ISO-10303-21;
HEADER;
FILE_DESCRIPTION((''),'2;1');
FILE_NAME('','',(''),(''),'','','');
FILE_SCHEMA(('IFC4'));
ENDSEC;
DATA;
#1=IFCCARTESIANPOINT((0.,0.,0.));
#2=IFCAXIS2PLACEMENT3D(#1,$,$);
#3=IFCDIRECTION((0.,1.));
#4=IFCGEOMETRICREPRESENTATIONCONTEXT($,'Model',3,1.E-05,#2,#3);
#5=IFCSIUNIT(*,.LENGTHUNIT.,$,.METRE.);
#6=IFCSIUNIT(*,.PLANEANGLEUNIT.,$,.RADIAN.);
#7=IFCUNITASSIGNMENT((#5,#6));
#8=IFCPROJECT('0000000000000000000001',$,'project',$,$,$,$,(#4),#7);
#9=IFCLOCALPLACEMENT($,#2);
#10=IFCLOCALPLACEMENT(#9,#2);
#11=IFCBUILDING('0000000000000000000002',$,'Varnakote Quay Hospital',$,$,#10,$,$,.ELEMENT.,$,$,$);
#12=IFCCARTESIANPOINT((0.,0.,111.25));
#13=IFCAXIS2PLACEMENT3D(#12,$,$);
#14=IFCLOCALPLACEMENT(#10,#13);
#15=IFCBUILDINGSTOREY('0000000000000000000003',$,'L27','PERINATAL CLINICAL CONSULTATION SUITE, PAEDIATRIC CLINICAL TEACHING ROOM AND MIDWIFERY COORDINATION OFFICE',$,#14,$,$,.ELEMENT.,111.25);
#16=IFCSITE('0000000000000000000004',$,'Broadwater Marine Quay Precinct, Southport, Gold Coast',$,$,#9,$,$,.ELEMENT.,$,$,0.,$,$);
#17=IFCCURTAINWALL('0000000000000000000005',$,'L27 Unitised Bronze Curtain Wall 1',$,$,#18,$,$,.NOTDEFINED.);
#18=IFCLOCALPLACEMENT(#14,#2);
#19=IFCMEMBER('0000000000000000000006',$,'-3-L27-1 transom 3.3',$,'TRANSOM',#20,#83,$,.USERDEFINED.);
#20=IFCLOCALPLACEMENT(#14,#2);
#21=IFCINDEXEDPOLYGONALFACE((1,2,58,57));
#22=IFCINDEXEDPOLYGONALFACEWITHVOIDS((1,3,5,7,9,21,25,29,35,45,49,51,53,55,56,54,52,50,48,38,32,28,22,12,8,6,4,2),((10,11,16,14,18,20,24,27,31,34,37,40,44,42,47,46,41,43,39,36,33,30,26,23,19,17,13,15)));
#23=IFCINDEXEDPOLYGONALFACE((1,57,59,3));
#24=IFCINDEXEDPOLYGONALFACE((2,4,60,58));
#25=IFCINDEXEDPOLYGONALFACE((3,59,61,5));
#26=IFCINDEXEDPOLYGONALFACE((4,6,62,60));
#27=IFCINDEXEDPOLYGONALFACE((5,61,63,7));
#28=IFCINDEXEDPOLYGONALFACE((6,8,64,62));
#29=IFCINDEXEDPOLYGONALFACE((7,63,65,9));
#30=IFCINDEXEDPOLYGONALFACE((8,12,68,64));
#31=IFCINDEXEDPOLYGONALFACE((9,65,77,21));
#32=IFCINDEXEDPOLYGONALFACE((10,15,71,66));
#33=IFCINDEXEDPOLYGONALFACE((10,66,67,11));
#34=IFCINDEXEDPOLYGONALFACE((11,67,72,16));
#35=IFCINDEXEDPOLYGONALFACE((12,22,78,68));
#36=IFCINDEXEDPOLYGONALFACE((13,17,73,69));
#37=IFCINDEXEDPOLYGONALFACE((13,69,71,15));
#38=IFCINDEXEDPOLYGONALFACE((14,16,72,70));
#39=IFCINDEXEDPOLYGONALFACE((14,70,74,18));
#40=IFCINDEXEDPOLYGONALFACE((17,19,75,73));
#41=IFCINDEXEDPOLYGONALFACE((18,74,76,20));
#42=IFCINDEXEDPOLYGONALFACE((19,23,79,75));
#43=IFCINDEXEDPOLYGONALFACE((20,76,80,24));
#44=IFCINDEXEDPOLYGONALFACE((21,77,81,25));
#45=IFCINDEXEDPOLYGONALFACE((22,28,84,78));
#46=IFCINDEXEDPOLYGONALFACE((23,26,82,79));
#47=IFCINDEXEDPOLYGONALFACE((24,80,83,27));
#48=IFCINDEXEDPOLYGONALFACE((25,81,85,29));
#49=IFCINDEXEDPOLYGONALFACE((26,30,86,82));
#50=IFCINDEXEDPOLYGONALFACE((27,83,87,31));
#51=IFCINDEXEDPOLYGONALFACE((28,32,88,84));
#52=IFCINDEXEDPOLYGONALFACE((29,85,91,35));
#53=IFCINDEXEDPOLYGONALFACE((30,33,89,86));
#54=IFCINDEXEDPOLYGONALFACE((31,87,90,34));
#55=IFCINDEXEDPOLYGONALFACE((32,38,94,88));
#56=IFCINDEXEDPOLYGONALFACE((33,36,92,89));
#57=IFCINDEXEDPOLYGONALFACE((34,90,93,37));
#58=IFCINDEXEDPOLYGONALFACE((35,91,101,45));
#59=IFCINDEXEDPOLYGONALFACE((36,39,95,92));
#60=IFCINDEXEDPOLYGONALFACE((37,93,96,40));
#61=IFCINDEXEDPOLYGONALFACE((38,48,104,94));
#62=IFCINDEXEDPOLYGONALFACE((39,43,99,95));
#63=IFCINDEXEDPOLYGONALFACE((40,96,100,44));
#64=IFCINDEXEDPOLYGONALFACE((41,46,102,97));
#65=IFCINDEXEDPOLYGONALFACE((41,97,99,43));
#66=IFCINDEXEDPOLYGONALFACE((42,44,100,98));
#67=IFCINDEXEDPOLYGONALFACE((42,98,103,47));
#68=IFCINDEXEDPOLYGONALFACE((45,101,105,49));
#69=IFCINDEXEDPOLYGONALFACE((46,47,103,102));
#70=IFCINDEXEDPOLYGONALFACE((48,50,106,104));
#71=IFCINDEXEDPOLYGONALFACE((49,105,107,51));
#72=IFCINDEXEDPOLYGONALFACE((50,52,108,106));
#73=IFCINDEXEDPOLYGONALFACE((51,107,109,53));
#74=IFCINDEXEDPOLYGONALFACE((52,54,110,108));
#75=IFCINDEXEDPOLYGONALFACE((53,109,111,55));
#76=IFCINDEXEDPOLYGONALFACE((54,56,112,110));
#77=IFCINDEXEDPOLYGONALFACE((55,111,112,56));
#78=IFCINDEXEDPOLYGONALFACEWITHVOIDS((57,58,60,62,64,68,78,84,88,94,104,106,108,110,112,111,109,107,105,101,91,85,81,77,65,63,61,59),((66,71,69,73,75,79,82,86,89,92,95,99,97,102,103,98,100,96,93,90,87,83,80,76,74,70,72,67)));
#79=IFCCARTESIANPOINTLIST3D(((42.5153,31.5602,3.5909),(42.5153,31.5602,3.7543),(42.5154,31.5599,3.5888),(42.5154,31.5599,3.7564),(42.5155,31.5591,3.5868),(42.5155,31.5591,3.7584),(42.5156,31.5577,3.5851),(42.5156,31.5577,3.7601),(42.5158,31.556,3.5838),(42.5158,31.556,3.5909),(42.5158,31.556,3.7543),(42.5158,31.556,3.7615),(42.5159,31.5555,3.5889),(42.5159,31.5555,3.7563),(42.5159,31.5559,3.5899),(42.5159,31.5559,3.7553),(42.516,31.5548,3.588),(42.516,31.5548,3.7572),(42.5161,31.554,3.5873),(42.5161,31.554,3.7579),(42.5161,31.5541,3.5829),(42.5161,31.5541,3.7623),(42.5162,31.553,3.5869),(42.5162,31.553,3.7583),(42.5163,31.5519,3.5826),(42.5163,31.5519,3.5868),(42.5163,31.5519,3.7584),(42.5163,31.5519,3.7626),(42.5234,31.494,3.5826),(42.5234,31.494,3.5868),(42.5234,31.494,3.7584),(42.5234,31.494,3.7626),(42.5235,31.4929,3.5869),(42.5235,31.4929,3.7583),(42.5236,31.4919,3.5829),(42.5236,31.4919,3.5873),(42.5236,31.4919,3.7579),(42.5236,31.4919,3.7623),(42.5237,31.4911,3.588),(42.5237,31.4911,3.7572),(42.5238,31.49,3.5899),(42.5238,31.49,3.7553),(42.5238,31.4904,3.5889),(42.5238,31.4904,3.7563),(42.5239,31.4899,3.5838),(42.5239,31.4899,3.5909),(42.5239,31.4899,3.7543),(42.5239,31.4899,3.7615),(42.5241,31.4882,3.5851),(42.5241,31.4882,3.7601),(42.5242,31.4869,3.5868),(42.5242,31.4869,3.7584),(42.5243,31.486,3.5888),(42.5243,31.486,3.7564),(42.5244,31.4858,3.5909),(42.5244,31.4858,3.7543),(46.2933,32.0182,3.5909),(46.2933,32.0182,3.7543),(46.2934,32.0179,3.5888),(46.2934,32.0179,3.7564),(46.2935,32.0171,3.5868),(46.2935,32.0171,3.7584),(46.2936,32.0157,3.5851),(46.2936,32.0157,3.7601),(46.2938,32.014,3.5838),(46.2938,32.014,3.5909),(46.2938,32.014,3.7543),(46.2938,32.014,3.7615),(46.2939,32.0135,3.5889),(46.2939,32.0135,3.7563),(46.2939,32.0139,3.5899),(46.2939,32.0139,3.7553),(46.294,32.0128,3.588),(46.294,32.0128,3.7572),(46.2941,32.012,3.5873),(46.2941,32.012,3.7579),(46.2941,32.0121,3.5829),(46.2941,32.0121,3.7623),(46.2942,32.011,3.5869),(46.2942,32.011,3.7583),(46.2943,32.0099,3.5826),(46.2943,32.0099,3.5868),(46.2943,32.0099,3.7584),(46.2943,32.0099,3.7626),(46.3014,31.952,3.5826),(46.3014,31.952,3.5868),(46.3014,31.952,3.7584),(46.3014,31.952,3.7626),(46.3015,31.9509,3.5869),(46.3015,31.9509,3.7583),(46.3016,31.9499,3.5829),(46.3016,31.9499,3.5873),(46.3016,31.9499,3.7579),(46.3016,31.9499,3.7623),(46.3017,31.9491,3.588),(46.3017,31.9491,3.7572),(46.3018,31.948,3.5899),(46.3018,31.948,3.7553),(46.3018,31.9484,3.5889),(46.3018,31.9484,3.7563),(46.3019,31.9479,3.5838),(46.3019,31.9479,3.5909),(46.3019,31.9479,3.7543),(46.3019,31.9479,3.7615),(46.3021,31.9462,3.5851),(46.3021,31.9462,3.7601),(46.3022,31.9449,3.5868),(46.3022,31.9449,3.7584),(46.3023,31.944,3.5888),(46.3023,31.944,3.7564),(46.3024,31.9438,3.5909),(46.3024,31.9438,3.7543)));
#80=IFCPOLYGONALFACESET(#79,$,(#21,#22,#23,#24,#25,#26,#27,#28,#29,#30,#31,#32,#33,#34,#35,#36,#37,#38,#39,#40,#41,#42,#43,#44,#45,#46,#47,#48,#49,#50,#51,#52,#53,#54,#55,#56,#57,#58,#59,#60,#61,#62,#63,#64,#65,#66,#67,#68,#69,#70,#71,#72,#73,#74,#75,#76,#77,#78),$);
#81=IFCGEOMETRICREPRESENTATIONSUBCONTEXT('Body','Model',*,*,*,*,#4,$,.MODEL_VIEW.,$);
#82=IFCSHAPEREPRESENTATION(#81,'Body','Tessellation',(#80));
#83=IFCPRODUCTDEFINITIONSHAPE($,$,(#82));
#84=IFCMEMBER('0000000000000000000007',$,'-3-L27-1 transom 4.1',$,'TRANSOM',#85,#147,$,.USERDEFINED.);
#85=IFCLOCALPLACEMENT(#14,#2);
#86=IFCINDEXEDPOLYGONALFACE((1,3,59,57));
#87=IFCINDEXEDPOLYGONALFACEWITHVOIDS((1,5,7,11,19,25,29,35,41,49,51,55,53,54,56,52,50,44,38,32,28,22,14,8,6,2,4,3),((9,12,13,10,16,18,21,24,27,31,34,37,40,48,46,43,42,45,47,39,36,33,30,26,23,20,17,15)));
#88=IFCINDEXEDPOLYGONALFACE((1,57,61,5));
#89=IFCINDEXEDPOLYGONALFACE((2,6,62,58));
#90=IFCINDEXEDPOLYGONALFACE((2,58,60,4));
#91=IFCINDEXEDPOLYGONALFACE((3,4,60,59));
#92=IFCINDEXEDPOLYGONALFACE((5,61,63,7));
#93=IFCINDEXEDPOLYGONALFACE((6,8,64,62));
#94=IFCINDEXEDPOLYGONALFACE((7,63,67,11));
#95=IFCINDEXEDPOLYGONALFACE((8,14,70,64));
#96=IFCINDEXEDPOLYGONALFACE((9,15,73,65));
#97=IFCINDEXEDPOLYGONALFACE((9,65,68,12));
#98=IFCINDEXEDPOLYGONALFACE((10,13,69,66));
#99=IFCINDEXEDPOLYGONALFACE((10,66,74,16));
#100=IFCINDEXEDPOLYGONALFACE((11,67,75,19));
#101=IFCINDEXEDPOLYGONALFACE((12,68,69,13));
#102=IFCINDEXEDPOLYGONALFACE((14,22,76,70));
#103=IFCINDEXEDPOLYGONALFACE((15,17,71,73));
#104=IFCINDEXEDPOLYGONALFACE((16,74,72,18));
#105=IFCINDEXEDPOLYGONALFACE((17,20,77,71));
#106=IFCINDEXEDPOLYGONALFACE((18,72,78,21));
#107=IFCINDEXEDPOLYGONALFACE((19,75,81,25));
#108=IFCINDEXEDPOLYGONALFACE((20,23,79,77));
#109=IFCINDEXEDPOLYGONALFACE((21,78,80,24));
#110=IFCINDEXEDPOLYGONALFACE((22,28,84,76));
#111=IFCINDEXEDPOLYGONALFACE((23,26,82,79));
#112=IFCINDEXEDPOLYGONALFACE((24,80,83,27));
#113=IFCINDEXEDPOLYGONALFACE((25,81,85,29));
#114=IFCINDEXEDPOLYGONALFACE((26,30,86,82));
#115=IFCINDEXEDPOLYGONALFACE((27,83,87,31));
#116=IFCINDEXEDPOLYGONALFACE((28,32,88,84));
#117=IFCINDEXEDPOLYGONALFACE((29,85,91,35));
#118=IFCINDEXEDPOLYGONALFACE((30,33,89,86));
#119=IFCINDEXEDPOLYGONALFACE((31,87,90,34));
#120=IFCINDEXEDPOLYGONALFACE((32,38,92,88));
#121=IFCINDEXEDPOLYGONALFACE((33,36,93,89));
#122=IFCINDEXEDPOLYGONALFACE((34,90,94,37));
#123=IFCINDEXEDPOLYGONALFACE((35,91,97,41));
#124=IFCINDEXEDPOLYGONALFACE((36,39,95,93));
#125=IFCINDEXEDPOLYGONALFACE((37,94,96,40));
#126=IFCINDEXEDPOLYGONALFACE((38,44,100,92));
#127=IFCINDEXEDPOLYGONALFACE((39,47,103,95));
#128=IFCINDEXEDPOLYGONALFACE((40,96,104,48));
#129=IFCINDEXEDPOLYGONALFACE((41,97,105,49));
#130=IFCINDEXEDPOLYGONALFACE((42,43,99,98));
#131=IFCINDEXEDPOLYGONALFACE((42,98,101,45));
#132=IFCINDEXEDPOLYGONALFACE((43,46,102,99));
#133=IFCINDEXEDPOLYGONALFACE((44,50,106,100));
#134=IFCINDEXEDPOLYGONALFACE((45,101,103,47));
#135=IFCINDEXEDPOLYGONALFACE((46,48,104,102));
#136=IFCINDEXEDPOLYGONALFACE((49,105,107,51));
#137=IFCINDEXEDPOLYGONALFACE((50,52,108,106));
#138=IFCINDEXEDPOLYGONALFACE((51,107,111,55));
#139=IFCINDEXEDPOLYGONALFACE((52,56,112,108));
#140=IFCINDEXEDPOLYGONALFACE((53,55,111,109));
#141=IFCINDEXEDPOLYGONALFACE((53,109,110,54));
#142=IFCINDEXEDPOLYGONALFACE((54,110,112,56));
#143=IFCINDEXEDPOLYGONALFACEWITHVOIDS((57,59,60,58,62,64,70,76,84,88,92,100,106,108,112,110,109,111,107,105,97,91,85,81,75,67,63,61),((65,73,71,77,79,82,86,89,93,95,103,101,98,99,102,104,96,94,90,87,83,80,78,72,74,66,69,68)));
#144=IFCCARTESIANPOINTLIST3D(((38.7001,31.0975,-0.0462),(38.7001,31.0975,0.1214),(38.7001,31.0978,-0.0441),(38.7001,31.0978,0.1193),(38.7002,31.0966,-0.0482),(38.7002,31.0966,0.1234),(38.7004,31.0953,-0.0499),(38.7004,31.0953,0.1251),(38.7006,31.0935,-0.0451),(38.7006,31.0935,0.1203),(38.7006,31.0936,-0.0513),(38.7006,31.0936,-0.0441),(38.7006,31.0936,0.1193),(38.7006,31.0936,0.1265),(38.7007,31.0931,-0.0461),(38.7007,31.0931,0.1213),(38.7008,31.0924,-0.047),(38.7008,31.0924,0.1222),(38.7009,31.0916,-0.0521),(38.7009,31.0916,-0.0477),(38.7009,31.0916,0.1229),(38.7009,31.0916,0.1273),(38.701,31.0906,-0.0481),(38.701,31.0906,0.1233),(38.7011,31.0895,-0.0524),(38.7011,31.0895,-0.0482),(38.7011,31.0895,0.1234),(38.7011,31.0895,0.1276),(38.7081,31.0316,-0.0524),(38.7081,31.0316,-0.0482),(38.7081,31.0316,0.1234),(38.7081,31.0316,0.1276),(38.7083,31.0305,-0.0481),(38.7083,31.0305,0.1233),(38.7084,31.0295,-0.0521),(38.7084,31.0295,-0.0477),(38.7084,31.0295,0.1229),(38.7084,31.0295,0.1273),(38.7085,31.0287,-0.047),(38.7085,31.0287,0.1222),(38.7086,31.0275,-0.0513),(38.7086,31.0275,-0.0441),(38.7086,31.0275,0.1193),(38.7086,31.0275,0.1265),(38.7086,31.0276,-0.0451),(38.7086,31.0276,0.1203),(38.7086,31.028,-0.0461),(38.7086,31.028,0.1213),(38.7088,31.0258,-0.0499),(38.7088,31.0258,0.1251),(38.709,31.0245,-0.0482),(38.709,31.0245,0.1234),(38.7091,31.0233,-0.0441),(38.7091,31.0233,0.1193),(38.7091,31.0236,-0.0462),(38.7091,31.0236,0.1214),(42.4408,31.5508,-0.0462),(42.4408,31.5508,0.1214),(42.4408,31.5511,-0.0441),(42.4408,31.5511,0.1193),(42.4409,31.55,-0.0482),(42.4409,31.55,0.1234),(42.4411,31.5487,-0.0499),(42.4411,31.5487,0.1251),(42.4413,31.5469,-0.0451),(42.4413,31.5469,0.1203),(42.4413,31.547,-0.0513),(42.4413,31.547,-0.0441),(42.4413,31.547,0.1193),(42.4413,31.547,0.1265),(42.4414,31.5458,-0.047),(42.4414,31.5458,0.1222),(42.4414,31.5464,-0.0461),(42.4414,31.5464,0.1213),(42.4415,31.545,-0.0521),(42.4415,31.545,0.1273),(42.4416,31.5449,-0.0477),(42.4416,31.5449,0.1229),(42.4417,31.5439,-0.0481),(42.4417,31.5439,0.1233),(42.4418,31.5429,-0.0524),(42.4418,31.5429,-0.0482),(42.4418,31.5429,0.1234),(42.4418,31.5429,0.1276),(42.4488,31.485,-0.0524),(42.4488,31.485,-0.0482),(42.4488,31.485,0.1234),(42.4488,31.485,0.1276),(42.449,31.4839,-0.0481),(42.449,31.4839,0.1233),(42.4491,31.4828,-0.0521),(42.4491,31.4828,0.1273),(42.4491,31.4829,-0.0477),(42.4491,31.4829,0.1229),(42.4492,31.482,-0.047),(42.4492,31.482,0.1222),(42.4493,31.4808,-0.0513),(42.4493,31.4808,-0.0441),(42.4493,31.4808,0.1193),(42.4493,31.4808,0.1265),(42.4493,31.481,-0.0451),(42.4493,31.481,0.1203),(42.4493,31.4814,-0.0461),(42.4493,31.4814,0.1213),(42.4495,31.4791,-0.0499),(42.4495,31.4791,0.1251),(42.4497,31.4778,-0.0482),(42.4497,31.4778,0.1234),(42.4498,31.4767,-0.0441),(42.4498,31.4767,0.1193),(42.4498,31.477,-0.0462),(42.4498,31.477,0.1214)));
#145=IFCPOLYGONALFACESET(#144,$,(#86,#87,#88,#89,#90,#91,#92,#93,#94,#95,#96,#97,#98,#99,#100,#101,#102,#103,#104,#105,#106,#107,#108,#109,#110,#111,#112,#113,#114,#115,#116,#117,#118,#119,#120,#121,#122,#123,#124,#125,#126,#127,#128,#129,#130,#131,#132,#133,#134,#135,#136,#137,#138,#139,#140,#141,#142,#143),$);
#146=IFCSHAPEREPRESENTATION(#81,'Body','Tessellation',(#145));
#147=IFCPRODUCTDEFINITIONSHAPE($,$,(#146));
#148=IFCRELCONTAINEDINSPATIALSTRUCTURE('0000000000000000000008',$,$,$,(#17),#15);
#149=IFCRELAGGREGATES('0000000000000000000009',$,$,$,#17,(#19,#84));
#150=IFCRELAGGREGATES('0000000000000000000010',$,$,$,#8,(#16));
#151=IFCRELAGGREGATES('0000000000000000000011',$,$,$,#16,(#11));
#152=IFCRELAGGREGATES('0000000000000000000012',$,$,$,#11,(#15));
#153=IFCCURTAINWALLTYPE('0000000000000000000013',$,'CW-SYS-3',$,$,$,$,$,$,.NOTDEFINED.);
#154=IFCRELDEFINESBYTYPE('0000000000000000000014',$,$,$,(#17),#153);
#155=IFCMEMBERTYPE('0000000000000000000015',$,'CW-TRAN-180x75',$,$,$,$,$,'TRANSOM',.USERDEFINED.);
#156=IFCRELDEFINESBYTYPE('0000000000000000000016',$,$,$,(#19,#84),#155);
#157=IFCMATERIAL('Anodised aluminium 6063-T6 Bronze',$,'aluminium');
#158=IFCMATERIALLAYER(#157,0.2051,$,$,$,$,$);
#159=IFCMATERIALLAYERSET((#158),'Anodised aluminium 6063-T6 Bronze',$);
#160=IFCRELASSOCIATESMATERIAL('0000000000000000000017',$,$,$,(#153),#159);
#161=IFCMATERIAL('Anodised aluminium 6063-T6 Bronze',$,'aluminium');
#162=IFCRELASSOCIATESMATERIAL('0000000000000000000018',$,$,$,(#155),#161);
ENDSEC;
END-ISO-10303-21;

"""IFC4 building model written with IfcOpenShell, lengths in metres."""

from ifc_helpers import new_model, si_unit, direction, frame, origin, origin_2d, place, context, subcontext, project, spatial, hollow_rectangle, extrude, material, layer, layer_set, material_profile, profile_set, type_object, element, aggregate, save


model = new_model("IFC4")

# Units and contexts
model_context = context("Model", 3, precision=1e-05, world=origin(), true_north=direction((0.0, 1.0)))
body_context = subcontext(model_context, "Body", "Model", "MODEL_VIEW")
ifc_project = project(units=[si_unit("LENGTHUNIT", "METRE"), si_unit("PLANEANGLEUNIT", "RADIAN")], contexts=[model_context])

# Site, building, storey
site_placement = place(None, origin())
site = spatial("IfcSite", under=ifc_project, at=site_placement, Name="Broadwater Marine Quay Precinct, Southport, Gold Coast", CompositionType="ELEMENT", RefElevation=0.0)
building_placement = place(site_placement, origin())
building = spatial("IfcBuilding", under=site, at=building_placement, Name="Varnakote Quay Hospital", CompositionType="ELEMENT")
storey_placement = place(building_placement, frame((0.0, 0.0, 111.25)))
storey = spatial("IfcBuildingStorey", under=building, at=storey_placement, Name="L27", Description="PERINATAL CLINICAL CONSULTATION SUITE, PAEDIATRIC CLINICAL TEACHING ROOM AND MIDWIFERY COORDINATION OFFICE", CompositionType="ELEMENT", Elevation=111.25)

# Curtain wall, members
ifc_material_1 = material(Name="Anodised aluminium 6063-T6 Bronze", Category="aluminium")
ifc_layer_1 = layer(ifc_material_1, 0.2051)
ifc_layer_set_1 = layer_set([ifc_layer_1], Name="Anodised aluminium 6063-T6 Bronze")
curtain_wall_type = type_object("IfcCurtainWallType", Name="CW-SYS-3", PredefinedType="NOTDEFINED", material=ifc_layer_set_1)
curtain_wall_placement = place(storey_placement, origin())
curtain_wall = element("IfcCurtainWall", 1, at=curtain_wall_placement, inside=storey, type_object=curtain_wall_type, Name="L27 Unitised Bronze Curtain Wall 1", PredefinedType="NOTDEFINED")
ifc_material_2 = material(Name="Anodised aluminium 6063-T6 Bronze", Category="aluminium")
ifc_material_profile_1 = material_profile(ifc_material_2, hollow_rectangle(XDim=0.075, YDim=0.1799, WallThickness=0.0042, InnerFilletRadius=0.0042, OuterFilletRadius=0.0083, at=origin_2d()), Name="CW-TRAN-180x75")
ifc_profile_set_1 = profile_set([ifc_material_profile_1], Name="Anodised aluminium 6063-T6 Bronze")
member_type_1 = type_object("IfcMemberType", Name="CW-TRAN-180x75", ElementType="TRANSOM", PredefinedType="USERDEFINED", material=ifc_profile_set_1)
member_1_placement = place(storey_placement, frame((46.2979, 31.981, 3.6726), z_axis=(-0.992732, -0.120347, 0.0), x_axis=(0.120347, -0.992732, 0.0)))
member_1 = element("IfcMember", 2, at=member_1_placement, type_object=member_type_1, Name="-3-L27-1 transom 3.3", ObjectType="TRANSOM", PredefinedType="USERDEFINED", context=body_context, shape_type="SweptSolid", body=[
    extrude(hollow_rectangle(XDim=0.075, YDim=0.1799, WallThickness=0.0042, InnerFilletRadius=0.0042, OuterFilletRadius=0.0083, at=origin_2d()), origin(), (0.0, 0.0, 1.0), 3.8057),
])
member_2_placement = place(storey_placement, frame((42.4453, 31.5139, 0.0376), z_axis=(-0.992735, -0.120318, 0.0), x_axis=(0.120318, -0.992735, 0.0)))
member_2 = element("IfcMember", 3, at=member_2_placement, type_object=member_type_1, Name="-3-L27-1 transom 4.1", ObjectType="TRANSOM", PredefinedType="USERDEFINED", context=body_context, shape_type="SweptSolid", body=[
    extrude(hollow_rectangle(XDim=0.075, YDim=0.1799, WallThickness=0.0042, InnerFilletRadius=0.0042, OuterFilletRadius=0.0083, at=origin_2d()), origin(), (0.0, 0.0, 1.0), 3.7681),
])

aggregate(curtain_wall, [member_1, member_2])

save(model, "model.ifc")
